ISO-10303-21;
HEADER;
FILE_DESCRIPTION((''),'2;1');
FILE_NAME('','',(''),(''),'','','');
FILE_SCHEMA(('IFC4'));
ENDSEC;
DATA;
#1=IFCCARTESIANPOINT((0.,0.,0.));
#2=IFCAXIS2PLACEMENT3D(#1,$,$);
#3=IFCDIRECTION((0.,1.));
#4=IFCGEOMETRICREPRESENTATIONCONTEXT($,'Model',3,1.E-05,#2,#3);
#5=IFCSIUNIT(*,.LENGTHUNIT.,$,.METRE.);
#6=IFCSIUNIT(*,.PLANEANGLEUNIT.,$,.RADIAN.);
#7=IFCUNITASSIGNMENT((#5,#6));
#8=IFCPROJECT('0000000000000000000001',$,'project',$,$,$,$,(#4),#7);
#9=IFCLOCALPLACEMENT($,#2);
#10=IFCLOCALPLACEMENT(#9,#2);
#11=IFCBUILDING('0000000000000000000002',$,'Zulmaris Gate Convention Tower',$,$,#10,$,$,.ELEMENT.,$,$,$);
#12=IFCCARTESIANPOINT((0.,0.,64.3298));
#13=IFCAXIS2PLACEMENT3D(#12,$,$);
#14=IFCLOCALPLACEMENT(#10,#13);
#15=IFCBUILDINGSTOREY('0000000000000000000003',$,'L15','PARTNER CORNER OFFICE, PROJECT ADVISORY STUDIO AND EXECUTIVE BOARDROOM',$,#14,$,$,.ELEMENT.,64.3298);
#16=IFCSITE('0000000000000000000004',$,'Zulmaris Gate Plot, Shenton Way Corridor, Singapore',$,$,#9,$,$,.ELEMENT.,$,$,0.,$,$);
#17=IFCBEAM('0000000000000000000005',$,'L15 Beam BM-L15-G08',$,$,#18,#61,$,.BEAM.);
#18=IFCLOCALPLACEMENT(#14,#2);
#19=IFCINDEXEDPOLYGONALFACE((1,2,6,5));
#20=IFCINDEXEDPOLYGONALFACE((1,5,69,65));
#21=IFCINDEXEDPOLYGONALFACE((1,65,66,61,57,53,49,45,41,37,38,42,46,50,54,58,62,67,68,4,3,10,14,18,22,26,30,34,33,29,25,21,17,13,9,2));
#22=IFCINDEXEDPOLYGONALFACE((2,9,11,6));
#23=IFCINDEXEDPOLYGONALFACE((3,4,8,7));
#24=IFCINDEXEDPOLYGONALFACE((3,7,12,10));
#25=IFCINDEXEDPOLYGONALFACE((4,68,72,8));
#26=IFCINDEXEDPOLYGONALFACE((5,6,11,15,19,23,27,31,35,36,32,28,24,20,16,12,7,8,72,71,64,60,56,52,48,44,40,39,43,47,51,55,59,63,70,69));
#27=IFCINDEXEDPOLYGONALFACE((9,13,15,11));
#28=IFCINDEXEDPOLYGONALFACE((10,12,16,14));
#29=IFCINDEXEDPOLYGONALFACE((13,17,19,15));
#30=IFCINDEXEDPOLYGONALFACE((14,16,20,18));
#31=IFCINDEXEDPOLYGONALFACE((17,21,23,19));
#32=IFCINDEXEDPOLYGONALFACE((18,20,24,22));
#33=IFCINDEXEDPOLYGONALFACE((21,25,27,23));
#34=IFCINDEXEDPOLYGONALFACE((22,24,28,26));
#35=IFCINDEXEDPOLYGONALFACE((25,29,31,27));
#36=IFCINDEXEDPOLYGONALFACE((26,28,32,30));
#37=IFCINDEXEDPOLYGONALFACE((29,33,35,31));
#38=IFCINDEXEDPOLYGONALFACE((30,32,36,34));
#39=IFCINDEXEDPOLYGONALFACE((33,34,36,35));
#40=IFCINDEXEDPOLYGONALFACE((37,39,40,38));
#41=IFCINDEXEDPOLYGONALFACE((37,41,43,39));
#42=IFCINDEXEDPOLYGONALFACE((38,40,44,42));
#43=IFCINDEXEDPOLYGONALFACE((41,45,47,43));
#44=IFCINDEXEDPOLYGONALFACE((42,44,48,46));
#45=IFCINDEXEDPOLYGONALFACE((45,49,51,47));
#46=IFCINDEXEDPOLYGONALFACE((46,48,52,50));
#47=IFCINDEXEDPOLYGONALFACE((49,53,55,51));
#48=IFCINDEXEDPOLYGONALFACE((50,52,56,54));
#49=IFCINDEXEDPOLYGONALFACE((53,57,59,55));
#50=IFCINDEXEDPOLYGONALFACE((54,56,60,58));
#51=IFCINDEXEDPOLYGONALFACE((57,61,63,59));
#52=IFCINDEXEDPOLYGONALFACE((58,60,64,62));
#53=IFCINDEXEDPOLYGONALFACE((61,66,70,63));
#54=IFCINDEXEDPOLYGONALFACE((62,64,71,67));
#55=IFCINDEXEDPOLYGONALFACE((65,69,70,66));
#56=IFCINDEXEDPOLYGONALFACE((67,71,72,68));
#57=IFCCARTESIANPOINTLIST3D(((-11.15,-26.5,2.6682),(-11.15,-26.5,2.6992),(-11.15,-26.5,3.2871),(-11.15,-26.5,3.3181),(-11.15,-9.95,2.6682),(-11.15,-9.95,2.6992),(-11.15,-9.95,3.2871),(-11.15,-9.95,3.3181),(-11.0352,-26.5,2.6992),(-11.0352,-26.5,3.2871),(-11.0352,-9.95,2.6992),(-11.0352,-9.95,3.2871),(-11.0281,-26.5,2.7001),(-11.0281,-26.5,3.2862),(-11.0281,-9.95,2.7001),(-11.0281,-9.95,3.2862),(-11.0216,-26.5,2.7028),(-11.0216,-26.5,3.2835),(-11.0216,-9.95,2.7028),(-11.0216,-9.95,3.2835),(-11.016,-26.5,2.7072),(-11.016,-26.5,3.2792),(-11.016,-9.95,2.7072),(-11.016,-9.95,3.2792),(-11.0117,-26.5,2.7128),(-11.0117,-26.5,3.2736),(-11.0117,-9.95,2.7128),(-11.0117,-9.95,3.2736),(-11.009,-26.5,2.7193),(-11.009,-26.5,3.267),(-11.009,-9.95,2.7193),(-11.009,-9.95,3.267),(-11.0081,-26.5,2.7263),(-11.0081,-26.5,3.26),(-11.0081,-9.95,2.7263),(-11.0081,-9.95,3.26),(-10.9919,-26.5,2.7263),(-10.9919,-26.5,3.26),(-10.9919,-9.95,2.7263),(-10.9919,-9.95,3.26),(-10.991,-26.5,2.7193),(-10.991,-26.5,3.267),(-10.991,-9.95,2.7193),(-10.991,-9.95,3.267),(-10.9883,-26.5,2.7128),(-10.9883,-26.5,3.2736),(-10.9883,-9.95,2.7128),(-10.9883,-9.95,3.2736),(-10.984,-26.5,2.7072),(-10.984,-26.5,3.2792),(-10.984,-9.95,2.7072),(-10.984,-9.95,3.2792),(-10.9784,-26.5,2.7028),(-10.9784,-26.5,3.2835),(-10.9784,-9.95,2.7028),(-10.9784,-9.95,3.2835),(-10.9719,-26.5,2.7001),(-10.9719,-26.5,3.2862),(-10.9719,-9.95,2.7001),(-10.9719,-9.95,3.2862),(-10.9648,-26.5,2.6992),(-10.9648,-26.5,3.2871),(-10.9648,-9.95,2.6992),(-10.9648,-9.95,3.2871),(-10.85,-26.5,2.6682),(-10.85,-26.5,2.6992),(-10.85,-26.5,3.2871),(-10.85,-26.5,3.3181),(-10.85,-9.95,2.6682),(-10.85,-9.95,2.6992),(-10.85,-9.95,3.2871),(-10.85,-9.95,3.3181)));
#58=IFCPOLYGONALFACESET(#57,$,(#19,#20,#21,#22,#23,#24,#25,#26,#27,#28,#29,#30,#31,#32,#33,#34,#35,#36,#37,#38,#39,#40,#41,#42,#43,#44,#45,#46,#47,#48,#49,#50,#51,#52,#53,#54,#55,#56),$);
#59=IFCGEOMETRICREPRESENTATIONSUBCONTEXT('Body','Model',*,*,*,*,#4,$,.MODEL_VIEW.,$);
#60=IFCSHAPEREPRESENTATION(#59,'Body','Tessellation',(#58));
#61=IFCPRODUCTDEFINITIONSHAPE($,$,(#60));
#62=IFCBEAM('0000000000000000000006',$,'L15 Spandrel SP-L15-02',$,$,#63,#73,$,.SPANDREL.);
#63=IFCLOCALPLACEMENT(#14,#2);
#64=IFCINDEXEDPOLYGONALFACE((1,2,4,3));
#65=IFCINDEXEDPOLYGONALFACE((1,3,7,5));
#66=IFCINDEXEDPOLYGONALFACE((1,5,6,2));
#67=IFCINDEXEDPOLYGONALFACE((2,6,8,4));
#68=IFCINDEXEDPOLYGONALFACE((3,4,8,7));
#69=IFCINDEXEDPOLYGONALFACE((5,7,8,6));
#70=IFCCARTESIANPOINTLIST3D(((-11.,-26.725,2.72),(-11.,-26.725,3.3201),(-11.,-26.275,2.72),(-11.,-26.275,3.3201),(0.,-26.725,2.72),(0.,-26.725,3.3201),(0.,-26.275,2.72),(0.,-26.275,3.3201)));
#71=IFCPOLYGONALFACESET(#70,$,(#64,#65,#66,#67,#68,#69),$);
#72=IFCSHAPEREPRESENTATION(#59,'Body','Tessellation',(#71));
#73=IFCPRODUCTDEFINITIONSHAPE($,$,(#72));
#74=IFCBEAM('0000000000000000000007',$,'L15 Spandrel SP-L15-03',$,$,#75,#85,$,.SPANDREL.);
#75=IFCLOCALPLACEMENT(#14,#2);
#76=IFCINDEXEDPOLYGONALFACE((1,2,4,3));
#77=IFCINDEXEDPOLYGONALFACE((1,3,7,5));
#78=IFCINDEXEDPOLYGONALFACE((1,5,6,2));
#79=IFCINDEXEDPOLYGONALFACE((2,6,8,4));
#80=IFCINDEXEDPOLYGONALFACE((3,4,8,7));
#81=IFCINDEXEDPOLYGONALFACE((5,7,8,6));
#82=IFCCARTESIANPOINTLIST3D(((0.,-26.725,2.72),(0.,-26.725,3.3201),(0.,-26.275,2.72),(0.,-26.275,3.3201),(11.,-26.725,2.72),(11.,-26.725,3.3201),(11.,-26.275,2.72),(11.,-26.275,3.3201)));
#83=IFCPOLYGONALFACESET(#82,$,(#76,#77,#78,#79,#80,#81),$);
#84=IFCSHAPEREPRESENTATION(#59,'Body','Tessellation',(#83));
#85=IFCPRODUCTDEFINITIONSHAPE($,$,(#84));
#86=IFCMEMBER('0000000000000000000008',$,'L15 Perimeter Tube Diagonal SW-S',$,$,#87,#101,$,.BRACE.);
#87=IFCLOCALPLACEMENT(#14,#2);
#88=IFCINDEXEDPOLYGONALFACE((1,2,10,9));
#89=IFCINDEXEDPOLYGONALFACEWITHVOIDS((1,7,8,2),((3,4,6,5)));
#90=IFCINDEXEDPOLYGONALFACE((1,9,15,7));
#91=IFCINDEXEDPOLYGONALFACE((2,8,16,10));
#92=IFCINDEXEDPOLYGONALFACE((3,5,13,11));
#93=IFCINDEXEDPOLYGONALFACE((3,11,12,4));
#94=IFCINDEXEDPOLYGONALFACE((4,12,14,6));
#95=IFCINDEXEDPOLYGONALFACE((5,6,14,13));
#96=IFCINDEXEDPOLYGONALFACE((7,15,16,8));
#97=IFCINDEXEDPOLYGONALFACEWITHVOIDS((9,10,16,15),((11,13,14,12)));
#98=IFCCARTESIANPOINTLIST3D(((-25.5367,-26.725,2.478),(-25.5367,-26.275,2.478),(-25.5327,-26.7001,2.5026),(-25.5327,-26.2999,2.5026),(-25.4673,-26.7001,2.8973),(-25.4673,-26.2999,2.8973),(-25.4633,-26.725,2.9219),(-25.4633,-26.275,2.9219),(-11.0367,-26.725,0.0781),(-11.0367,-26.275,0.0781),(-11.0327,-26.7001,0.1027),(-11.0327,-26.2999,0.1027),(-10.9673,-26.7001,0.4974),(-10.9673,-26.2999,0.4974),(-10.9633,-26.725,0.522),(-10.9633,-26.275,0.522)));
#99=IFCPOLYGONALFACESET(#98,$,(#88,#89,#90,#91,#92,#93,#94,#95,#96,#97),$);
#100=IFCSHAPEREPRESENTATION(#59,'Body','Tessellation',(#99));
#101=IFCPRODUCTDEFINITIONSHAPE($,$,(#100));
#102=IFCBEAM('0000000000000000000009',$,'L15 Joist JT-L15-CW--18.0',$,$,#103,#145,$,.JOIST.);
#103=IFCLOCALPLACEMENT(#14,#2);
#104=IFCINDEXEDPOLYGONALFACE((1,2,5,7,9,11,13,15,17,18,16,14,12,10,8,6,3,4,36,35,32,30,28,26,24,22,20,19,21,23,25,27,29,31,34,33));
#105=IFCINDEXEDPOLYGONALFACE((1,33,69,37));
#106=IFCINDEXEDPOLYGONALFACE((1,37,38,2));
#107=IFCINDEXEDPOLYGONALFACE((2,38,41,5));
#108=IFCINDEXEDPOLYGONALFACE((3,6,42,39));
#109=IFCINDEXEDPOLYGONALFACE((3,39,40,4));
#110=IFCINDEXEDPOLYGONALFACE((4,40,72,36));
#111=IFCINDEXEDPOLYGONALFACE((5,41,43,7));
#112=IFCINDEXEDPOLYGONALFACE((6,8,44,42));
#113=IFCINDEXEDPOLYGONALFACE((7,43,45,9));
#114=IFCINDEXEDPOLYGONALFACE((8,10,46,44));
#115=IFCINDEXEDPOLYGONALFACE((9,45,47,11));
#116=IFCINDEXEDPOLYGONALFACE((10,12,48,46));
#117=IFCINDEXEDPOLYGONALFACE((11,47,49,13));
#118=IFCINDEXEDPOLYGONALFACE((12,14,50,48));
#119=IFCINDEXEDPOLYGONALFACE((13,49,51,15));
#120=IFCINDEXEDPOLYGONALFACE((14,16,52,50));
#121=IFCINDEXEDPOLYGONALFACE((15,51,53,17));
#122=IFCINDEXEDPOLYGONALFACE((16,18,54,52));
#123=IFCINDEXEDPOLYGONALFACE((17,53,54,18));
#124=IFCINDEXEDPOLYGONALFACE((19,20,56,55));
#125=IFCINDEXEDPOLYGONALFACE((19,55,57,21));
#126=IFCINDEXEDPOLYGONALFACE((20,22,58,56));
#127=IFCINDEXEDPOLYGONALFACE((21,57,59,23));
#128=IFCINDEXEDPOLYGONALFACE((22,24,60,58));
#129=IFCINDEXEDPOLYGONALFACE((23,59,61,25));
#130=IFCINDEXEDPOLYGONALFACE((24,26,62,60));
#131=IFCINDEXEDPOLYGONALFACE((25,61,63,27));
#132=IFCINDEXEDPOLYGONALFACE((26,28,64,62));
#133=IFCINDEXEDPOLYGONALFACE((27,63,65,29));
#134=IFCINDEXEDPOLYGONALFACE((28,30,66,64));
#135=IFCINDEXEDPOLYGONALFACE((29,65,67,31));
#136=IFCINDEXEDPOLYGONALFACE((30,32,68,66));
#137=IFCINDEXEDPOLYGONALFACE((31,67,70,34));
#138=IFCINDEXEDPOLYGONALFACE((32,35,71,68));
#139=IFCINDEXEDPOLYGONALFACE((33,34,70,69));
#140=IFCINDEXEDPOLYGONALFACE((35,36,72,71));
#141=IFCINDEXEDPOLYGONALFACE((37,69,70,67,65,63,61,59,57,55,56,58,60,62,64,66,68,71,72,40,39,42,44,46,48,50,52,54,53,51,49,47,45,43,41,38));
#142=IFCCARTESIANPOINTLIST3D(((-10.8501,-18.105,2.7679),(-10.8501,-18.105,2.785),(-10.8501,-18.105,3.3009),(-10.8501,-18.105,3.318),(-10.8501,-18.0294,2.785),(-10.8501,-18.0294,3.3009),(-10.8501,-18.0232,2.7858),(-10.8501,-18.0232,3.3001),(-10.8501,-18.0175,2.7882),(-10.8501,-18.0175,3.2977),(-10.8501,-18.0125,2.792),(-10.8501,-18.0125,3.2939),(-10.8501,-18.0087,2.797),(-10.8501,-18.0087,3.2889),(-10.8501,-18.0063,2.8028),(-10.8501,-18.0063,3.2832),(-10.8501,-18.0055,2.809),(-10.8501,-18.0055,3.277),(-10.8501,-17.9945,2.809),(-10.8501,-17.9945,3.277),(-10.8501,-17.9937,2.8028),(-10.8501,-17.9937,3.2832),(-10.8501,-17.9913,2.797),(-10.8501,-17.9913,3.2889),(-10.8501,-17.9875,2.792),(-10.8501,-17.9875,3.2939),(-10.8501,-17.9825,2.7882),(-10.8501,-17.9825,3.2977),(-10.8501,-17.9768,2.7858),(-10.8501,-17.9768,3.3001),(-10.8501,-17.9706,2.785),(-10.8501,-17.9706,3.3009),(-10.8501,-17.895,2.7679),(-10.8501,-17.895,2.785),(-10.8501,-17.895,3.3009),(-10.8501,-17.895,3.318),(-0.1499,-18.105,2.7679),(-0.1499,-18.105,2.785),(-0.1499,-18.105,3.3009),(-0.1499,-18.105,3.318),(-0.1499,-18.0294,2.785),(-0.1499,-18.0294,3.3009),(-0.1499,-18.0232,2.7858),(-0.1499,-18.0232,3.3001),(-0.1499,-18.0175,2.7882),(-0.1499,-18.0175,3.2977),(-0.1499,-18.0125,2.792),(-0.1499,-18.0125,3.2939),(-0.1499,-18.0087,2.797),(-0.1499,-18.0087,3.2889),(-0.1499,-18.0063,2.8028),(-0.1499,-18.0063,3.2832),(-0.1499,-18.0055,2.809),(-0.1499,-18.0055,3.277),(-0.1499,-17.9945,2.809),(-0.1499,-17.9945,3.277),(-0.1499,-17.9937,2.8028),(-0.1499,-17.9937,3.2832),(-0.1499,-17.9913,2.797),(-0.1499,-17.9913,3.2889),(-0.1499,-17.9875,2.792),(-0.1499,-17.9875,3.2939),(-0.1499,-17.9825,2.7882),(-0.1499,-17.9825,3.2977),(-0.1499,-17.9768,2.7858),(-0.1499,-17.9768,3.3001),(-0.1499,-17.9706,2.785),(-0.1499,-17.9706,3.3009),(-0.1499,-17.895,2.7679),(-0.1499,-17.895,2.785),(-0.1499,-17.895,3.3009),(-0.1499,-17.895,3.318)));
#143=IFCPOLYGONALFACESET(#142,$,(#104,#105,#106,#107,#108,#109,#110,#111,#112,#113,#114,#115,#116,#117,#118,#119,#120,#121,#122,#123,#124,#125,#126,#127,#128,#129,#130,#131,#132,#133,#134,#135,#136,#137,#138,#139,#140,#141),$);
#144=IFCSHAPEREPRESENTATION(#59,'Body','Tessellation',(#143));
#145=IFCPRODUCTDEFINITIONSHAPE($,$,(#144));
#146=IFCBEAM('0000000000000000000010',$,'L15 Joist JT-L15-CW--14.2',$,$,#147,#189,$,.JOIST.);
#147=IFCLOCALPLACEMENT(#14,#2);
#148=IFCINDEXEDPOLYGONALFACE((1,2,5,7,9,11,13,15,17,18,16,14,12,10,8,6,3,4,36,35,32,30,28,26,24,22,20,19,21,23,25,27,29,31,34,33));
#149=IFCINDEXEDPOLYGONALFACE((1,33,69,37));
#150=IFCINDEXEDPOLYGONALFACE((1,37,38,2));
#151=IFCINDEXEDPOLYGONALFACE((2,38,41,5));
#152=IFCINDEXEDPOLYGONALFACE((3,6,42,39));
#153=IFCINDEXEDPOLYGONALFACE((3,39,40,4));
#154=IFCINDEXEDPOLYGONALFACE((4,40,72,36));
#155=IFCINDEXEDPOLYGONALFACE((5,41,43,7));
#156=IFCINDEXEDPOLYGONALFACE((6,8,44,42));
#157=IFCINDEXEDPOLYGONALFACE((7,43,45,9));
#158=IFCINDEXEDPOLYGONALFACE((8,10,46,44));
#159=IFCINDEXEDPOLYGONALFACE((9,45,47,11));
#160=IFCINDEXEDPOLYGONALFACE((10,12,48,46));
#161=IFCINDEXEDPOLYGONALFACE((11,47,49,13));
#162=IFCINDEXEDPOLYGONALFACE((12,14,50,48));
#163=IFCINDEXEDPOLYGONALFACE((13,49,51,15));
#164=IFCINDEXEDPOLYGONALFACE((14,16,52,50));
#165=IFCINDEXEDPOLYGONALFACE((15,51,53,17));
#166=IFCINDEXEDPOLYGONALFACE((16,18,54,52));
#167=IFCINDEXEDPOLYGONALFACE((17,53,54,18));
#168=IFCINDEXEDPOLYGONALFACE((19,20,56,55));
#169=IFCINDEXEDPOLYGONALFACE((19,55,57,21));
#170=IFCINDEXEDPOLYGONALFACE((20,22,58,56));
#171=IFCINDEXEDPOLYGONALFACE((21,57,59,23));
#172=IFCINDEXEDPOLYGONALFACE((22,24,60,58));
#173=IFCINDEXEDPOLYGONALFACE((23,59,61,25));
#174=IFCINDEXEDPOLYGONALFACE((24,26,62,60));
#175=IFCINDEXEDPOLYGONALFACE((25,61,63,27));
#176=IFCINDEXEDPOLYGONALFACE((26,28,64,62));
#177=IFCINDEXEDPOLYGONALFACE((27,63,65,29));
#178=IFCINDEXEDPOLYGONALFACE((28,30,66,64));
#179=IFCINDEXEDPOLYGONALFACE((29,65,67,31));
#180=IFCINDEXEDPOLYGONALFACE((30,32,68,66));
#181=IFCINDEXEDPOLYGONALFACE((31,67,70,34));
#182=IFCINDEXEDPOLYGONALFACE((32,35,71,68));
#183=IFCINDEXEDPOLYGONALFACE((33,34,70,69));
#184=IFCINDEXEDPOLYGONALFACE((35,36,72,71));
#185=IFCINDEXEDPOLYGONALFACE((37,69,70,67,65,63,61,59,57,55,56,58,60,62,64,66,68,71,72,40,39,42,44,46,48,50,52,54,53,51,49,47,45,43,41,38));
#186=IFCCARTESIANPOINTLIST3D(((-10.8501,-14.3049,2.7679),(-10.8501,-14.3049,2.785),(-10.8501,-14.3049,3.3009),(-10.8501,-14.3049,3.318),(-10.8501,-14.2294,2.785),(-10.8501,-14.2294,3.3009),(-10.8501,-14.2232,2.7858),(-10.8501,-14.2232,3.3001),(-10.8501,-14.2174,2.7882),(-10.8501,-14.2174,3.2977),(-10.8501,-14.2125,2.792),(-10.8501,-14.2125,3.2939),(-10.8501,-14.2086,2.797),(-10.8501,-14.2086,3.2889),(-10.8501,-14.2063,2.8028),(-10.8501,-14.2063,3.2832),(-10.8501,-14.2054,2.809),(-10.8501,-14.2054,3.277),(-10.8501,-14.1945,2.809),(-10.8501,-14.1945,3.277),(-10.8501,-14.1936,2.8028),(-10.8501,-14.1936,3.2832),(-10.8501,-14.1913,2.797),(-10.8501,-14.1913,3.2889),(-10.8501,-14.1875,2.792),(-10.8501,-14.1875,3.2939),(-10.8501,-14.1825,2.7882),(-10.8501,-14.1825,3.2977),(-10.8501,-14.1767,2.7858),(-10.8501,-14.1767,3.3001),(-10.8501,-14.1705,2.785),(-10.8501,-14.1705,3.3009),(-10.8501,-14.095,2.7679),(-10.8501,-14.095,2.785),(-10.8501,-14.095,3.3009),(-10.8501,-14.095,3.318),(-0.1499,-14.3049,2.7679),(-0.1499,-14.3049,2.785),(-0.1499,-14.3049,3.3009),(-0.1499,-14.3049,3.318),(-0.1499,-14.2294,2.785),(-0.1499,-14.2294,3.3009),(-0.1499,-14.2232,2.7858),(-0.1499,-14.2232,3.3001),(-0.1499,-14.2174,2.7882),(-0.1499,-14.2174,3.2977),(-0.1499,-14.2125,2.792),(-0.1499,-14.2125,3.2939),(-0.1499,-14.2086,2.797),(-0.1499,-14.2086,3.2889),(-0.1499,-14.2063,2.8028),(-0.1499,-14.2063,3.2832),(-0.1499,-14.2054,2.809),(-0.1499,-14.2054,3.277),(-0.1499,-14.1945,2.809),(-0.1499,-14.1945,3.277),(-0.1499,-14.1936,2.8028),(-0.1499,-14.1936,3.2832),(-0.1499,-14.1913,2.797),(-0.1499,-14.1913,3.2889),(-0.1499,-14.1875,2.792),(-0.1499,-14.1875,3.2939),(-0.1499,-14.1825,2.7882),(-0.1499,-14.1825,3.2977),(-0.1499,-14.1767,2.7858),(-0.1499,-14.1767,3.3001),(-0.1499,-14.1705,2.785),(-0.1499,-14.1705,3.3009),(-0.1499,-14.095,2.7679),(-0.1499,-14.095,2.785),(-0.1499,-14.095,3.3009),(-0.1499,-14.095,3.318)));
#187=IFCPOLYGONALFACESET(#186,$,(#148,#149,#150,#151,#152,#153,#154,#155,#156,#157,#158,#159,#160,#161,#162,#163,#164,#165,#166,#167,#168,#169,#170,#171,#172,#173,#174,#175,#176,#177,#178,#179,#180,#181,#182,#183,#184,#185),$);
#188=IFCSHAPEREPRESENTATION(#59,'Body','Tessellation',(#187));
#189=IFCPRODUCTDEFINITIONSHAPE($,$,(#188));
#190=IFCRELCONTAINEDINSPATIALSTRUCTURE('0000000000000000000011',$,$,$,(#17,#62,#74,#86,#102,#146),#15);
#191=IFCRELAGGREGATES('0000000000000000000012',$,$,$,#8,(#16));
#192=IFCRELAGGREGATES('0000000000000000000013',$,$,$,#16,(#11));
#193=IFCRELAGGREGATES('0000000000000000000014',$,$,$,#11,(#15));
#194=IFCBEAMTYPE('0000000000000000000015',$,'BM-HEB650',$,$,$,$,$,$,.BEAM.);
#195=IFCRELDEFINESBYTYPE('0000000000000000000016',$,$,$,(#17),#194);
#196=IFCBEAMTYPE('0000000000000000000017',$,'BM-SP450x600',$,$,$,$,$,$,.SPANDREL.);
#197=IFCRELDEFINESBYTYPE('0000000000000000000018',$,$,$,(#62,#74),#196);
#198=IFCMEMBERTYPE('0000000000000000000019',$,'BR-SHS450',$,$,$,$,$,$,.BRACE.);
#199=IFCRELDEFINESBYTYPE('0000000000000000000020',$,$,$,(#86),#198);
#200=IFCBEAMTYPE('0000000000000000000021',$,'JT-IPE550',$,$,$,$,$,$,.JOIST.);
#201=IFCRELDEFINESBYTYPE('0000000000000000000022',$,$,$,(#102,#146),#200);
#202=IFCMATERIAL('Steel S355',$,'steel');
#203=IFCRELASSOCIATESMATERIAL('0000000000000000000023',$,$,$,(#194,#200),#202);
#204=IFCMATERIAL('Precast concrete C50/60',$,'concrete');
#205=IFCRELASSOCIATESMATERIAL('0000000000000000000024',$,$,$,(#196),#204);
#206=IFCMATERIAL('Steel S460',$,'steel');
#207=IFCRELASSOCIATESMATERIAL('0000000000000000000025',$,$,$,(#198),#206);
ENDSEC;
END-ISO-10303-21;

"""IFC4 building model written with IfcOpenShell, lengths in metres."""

from ifc_helpers import new_model, si_unit, direction, frame, origin, origin_2d, place, context, subcontext, project, spatial, rectangle, hollow_rectangle, i_section, extrude, material, material_profile, profile_set, type_object, element, save


model = new_model("IFC4")

# Units and contexts
model_context = context("Model", 3, precision=1e-05, world=origin(), true_north=direction((0.0, 1.0)))
body_context = subcontext(model_context, "Body", "Model", "MODEL_VIEW")
ifc_project = project(units=[si_unit("LENGTHUNIT", "METRE"), si_unit("PLANEANGLEUNIT", "RADIAN")], contexts=[model_context])

# Site, building, storey
site_placement = place(None, origin())
site = spatial("IfcSite", under=ifc_project, at=site_placement, Name="Zulmaris Gate Plot, Shenton Way Corridor, Singapore", CompositionType="ELEMENT", RefElevation=0.0)
building_placement = place(site_placement, origin())
building = spatial("IfcBuilding", under=site, at=building_placement, Name="Zulmaris Gate Convention Tower", CompositionType="ELEMENT")
storey_placement = place(building_placement, frame((0.0, 0.0, 64.3298)))
storey = spatial("IfcBuildingStorey", under=building, at=storey_placement, Name="L15", Description="PARTNER CORNER OFFICE, PROJECT ADVISORY STUDIO AND EXECUTIVE BOARDROOM", CompositionType="ELEMENT", Elevation=64.3298)

# Beams
ifc_material_1 = material(Name="Steel S355", Category="steel")
ifc_material_profile_1 = material_profile(ifc_material_1, i_section(OverallWidth=0.3, OverallDepth=0.6499, WebThickness=0.0161, FlangeThickness=0.031, FilletRadius=0.0271, at=origin_2d()), Name="HEB 650")
ifc_profile_set_1 = profile_set([ifc_material_profile_1], Name="Steel S355")
beam_type_1 = type_object("IfcBeamType", Name="BM-HEB650", PredefinedType="BEAM", material=ifc_profile_set_1)
beam_1_placement = place(storey_placement, frame((-11.0, -26.5, 2.9932), z_axis=(0.0, 1.0, 0.0), x_axis=(-1.0, 0.0, 0.0)))
element("IfcBeam", 1, at=beam_1_placement, inside=storey, type_object=beam_type_1, Name="L15 Beam BM-L15-G08", PredefinedType="BEAM", context=body_context, shape_type="SweptSolid", body=[
    extrude(i_section(OverallWidth=0.3, OverallDepth=0.6499, WebThickness=0.0161, FlangeThickness=0.031, FilletRadius=0.0271, at=origin_2d()), origin(), (0.0, 0.0, 1.0), 16.55),
])
ifc_material_2 = material(Name="Precast concrete C50/60", Category="concrete")
ifc_material_profile_2 = material_profile(ifc_material_2, rectangle(XDim=0.45, YDim=0.6001, at=origin_2d()), Name="RC SPANDREL 450x600")
ifc_profile_set_2 = profile_set([ifc_material_profile_2], Name="Precast concrete C50/60")
beam_type_2 = type_object("IfcBeamType", Name="BM-SP450x600", PredefinedType="SPANDREL", material=ifc_profile_set_2)
for number, where, z_axis, x_axis, name in (
    (2, (-11.0, -26.5, 3.02), (1.0, 0.0, 0.0), (0.0, 1.0, 0.0), "L15 Spandrel SP-L15-02"),
    (3, (0.0, -26.5, 3.02), (1.0, 0.0, 0.0), (0.0, 1.0, 0.0), "L15 Spandrel SP-L15-03"),
):
    element("IfcBeam", number, at=place(storey_placement, frame(where, z_axis=z_axis, x_axis=x_axis)), inside=storey, type_object=beam_type_2, Name=name, PredefinedType="SPANDREL", context=body_context, shape_type="SweptSolid", body=[
        extrude(rectangle(XDim=0.45, YDim=0.6001, at=origin_2d()), origin(), (0.0, 0.0, 1.0), 11.0),
    ])

# Member
ifc_material_3 = material(Name="Steel S460", Category="steel")
ifc_material_profile_3 = material_profile(ifc_material_3, hollow_rectangle(XDim=0.45, YDim=0.45, WallThickness=0.0249, at=origin_2d()), Name="SHS 450x450x25")
ifc_profile_set_3 = profile_set([ifc_material_profile_3], Name="Steel S460")
member_type = type_object("IfcMemberType", Name="BR-SHS450", PredefinedType="BRACE", material=ifc_profile_set_3)
member_placement = place(storey_placement, frame((-11.0, -26.5, 0.3), z_axis=(-0.986578, 0.0, 0.163289), x_axis=(0.0, -1.0, 0.0)))
element("IfcMember", 4, at=member_placement, inside=storey, type_object=member_type, Name="L15 Perimeter Tube Diagonal SW-S", PredefinedType="BRACE", context=body_context, shape_type="SweptSolid", body=[
    extrude(hollow_rectangle(XDim=0.45, YDim=0.45, WallThickness=0.0249, at=origin_2d()), origin(), (0.0, 0.0, 1.0), 14.6973),
])

# Beams
ifc_material_profile_4 = material_profile(ifc_material_1, i_section(OverallWidth=0.21, OverallDepth=0.55, WebThickness=0.011, FlangeThickness=0.0171, FilletRadius=0.0239, at=origin_2d()), Name="IPE 550")
ifc_profile_set_4 = profile_set([ifc_material_profile_4], Name="Steel S355")
beam_type_3 = type_object("IfcBeamType", Name="JT-IPE550", PredefinedType="JOIST", material=ifc_profile_set_4)
for number, where, z_axis, x_axis, name in (
    (5, (-10.8501, -18.0, 3.043), (1.0, 0.0, 0.0), (0.0, 1.0, 0.0), "L15 Joist JT-L15-CW--18.0"),
    (6, (-10.8501, -14.2, 3.043), (1.0, 0.0, 0.0), (0.0, 1.0, 0.0), "L15 Joist JT-L15-CW--14.2"),
):
    element("IfcBeam", number, at=place(storey_placement, frame(where, z_axis=z_axis, x_axis=x_axis)), inside=storey, type_object=beam_type_3, Name=name, PredefinedType="JOIST", context=body_context, shape_type="SweptSolid", body=[
        extrude(i_section(OverallWidth=0.21, OverallDepth=0.55, WebThickness=0.011, FlangeThickness=0.0171, FilletRadius=0.0239, at=origin_2d()), origin(), (0.0, 0.0, 1.0), 10.7002),
    ])

save(model, "model.ifc")
